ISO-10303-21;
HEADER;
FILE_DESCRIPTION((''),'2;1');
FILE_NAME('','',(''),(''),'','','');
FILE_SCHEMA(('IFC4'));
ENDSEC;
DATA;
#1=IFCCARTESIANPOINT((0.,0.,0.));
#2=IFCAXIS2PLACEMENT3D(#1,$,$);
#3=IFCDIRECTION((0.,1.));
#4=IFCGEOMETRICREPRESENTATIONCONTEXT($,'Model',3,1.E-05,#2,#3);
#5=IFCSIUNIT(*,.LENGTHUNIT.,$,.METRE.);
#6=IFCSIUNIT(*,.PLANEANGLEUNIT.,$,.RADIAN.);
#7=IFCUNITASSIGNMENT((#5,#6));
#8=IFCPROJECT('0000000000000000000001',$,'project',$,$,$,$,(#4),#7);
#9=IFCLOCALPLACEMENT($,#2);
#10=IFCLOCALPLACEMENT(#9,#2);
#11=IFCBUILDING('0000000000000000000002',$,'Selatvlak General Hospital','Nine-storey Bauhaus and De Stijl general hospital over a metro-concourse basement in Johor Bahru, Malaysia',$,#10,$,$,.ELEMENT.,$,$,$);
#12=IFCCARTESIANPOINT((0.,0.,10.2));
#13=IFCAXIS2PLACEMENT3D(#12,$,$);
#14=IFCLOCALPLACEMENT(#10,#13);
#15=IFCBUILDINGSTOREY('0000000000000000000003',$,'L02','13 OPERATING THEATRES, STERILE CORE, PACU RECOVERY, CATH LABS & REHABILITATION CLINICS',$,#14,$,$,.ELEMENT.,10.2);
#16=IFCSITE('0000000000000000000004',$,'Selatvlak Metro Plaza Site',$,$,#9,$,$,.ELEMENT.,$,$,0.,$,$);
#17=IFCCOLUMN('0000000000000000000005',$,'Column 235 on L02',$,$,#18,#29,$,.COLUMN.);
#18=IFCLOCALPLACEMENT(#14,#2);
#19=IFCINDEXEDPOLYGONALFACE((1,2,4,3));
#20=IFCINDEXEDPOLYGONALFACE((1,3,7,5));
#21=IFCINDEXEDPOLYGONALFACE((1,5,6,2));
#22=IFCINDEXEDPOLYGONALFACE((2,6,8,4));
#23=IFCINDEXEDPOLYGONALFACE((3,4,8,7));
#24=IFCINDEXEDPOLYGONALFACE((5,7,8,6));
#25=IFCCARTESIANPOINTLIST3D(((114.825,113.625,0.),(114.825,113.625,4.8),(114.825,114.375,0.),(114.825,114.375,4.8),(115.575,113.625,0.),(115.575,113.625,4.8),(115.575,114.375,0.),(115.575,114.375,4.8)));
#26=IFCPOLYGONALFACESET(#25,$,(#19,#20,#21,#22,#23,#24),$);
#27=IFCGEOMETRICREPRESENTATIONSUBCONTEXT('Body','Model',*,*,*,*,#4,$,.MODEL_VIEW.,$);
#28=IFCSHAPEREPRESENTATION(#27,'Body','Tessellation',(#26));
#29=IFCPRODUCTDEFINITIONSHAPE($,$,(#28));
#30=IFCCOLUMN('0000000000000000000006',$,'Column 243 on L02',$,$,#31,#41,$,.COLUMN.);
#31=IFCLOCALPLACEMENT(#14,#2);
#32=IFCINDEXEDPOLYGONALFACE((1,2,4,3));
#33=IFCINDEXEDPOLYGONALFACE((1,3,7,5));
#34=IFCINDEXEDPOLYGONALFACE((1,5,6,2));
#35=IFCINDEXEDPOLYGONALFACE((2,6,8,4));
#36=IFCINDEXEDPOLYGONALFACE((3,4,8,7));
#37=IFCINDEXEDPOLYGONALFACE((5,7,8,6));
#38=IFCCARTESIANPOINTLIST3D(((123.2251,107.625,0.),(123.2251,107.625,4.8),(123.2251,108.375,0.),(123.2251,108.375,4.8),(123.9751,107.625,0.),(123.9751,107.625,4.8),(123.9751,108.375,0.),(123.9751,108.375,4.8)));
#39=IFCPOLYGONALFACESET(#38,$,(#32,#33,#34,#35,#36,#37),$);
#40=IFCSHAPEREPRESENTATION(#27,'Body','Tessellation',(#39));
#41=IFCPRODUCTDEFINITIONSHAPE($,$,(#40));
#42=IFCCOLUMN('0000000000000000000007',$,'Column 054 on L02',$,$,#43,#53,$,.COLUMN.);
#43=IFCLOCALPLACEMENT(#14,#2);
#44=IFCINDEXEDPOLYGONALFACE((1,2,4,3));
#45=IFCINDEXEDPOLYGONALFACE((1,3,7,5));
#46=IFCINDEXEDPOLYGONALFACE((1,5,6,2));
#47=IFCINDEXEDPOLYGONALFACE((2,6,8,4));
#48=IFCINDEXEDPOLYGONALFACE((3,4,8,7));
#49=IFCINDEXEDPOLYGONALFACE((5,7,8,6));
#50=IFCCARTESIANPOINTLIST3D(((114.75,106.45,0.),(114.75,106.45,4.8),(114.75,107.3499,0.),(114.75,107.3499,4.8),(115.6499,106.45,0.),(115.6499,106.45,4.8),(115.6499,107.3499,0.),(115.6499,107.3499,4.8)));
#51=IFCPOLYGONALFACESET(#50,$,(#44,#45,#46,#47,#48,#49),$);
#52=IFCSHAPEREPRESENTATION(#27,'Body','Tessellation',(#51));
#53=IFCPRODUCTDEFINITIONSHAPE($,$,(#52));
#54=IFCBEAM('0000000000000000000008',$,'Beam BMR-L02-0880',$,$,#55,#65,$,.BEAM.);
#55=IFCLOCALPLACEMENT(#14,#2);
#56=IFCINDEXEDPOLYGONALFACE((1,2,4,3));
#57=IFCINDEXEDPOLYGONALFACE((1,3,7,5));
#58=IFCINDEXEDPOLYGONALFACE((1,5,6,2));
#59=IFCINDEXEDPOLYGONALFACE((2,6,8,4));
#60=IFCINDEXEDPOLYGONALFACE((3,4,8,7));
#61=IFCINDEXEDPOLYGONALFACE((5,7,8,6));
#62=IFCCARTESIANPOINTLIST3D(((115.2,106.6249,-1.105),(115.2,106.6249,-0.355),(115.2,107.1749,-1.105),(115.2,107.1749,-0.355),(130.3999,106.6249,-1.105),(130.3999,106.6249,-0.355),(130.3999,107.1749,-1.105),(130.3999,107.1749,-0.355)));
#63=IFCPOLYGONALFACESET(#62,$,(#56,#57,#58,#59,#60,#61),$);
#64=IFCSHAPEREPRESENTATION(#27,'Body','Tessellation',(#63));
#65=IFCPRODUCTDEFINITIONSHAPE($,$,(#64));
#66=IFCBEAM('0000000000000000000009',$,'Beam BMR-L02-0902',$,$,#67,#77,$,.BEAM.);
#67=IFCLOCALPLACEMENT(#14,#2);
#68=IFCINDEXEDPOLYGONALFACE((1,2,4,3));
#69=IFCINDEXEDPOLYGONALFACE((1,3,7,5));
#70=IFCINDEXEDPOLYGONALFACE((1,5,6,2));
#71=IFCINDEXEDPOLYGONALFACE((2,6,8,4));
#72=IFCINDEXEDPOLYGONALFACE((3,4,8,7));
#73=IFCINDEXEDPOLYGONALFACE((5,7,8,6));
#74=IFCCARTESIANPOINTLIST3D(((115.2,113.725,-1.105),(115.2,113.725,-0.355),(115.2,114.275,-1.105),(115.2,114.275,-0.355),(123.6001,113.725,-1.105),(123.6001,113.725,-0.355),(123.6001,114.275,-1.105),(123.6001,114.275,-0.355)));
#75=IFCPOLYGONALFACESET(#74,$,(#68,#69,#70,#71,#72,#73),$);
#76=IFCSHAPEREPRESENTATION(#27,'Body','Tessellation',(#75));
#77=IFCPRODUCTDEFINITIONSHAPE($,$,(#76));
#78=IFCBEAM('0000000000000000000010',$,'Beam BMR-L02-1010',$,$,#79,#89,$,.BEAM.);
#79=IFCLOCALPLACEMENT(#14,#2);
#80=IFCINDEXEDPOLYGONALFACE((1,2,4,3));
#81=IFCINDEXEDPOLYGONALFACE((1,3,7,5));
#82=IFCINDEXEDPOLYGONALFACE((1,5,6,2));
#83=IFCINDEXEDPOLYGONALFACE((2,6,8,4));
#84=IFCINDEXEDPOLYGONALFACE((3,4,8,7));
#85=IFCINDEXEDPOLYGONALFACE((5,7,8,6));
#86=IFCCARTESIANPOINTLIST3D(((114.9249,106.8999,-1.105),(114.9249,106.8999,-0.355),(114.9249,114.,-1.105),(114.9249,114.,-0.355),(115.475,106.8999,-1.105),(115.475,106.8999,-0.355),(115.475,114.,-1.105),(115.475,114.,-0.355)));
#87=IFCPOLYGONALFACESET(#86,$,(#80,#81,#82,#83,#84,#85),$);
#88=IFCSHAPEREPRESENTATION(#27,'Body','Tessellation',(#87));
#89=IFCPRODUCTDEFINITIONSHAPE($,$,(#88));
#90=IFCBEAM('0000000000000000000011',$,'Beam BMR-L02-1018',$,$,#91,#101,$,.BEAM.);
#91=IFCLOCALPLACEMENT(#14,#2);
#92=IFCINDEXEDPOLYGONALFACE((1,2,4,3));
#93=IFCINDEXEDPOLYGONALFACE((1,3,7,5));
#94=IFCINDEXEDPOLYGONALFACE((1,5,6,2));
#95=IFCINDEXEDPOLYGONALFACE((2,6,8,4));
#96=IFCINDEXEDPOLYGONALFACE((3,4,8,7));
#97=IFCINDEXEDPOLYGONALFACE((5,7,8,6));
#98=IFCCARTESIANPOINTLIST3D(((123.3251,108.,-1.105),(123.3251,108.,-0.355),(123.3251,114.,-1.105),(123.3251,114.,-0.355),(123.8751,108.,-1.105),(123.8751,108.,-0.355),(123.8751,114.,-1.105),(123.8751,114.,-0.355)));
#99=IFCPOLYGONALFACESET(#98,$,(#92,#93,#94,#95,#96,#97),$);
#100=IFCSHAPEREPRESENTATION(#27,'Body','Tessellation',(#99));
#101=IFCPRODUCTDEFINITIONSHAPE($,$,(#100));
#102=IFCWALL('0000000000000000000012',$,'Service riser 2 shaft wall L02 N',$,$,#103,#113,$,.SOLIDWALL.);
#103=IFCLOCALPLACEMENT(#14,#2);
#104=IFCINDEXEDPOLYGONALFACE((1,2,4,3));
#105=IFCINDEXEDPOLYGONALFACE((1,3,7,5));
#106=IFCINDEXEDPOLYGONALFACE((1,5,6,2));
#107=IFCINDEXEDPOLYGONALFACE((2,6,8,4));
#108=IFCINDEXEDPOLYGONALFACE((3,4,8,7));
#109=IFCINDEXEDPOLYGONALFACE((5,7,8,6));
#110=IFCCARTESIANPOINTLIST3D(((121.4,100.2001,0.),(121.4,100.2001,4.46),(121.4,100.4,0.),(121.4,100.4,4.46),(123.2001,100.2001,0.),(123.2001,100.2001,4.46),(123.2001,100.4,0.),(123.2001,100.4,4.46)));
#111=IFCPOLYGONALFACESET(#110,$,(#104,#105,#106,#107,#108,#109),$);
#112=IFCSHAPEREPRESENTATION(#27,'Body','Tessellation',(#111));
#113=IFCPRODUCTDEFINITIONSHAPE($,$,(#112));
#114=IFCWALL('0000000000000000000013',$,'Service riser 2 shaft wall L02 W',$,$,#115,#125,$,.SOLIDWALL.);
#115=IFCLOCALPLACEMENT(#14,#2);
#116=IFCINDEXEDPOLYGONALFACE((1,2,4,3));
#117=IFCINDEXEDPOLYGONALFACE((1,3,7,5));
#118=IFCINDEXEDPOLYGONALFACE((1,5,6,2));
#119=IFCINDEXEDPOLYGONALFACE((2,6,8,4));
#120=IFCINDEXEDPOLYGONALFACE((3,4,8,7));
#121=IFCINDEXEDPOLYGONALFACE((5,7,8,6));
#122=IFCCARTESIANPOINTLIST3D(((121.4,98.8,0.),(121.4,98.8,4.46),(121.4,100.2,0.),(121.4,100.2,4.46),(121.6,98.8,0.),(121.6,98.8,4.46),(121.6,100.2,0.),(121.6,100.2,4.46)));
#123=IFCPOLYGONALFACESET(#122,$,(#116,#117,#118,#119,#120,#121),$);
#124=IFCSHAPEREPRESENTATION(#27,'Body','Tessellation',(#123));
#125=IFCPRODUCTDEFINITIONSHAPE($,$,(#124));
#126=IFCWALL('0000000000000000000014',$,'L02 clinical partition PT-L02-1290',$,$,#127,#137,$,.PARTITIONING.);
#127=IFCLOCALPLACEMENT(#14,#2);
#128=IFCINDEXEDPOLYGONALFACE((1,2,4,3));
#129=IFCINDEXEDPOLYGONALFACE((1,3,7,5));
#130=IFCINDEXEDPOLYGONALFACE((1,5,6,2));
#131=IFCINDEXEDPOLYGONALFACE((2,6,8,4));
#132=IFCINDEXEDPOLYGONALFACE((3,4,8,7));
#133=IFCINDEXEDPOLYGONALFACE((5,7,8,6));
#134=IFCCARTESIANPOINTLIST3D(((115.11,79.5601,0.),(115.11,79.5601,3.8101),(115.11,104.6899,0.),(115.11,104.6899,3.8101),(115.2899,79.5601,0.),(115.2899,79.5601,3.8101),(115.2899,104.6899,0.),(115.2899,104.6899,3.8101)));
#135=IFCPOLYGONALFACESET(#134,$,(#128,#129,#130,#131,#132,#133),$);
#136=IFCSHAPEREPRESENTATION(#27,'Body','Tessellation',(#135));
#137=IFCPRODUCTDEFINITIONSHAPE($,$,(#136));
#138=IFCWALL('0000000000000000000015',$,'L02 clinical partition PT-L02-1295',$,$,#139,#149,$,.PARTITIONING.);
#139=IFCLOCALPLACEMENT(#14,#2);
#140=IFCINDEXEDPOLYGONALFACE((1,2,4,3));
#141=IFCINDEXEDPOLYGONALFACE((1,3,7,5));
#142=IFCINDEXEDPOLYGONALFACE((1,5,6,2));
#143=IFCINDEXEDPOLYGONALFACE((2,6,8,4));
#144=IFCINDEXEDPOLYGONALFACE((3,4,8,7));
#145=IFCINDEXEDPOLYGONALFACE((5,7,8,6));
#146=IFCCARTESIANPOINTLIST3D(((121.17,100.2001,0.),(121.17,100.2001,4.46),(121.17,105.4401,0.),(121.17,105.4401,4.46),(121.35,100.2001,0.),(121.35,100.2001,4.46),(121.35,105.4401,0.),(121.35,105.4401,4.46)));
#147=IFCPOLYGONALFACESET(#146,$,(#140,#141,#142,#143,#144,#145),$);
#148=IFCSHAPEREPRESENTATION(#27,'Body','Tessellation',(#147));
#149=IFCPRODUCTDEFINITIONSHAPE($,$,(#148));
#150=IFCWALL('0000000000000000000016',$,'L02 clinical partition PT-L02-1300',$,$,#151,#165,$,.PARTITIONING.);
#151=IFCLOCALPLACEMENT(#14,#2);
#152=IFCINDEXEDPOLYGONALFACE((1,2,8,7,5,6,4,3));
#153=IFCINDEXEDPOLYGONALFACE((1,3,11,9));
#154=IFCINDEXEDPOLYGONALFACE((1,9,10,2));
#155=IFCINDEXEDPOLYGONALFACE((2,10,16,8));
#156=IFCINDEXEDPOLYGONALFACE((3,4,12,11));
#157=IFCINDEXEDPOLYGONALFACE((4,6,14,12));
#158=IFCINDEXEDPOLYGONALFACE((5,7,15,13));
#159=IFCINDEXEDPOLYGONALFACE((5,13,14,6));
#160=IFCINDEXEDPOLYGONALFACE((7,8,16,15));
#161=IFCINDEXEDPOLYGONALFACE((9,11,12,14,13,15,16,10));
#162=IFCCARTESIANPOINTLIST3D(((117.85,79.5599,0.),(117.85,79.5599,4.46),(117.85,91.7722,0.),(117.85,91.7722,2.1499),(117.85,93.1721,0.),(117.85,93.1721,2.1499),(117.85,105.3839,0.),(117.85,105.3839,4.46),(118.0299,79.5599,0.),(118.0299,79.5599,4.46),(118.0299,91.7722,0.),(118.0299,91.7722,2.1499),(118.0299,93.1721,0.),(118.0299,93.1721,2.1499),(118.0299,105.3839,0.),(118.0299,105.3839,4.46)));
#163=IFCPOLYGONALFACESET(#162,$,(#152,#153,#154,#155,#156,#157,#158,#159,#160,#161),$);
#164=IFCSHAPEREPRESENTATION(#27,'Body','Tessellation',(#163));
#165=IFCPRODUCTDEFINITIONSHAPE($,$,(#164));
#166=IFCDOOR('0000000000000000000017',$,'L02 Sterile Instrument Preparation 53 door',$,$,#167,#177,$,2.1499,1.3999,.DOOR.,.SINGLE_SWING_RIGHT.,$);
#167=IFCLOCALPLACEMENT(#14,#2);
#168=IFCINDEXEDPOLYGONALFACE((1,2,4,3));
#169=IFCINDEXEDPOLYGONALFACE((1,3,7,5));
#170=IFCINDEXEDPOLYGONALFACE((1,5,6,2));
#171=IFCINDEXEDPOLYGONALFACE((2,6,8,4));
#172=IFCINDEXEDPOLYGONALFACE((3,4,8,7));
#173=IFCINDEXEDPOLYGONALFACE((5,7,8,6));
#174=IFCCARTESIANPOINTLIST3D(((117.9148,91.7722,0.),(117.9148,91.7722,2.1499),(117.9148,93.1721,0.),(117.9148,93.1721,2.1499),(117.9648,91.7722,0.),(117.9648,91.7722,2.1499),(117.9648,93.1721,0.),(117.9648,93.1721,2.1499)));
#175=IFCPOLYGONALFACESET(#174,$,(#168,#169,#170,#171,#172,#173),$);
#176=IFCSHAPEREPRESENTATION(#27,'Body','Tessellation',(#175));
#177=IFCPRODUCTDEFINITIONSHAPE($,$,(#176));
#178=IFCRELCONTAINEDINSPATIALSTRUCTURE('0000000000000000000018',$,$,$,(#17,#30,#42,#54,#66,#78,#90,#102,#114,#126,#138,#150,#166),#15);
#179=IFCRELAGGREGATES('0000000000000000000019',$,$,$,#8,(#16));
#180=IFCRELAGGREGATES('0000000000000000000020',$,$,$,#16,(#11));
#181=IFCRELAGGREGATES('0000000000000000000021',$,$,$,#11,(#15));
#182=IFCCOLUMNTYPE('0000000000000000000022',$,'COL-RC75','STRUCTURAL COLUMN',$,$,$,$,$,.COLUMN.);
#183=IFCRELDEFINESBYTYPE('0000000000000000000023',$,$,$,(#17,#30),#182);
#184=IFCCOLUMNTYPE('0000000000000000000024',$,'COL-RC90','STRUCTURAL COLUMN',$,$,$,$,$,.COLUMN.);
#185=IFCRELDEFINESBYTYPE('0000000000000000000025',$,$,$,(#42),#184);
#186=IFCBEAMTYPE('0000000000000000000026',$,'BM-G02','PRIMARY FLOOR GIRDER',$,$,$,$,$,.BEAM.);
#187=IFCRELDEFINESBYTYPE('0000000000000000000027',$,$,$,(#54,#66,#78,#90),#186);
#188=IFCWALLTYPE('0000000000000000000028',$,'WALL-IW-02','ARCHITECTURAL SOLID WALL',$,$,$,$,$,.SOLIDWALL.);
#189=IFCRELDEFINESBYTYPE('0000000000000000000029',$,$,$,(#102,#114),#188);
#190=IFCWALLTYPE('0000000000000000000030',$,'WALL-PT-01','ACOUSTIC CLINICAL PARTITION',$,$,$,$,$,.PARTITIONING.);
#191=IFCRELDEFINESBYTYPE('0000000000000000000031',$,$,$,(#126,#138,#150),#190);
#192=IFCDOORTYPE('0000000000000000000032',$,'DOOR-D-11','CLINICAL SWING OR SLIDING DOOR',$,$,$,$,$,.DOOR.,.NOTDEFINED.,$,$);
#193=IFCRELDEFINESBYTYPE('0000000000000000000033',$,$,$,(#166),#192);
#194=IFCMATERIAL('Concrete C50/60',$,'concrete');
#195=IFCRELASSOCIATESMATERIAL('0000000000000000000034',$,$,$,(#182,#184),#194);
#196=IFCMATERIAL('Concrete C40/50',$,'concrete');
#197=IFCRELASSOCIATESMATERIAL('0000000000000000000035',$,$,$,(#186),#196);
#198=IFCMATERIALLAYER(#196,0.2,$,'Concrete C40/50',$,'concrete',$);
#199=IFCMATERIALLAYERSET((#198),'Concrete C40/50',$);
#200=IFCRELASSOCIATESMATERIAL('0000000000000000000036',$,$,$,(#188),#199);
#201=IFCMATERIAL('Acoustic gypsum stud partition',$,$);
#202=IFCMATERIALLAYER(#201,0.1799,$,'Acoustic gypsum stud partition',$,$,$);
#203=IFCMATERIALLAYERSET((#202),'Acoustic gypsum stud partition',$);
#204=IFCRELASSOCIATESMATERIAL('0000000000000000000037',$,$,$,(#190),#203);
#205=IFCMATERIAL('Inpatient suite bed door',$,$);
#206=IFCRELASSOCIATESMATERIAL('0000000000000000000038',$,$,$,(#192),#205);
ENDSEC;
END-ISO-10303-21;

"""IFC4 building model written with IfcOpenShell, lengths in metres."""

from ifc_helpers import new_model, si_unit, direction, frame, frame_2d, origin, origin_2d, place, context, subcontext, project, spatial, rectangle, extrude, material, layer, layer_set, material_profile, profile_set, type_object, element, fill, save


model = new_model("IFC4")

# Units and contexts
model_context = context("Model", 3, precision=1e-05, world=origin(), true_north=direction((0.0, 1.0)))
body_context = subcontext(model_context, "Body", "Model", "MODEL_VIEW")
ifc_project = project(units=[si_unit("LENGTHUNIT", "METRE"), si_unit("PLANEANGLEUNIT", "RADIAN")], contexts=[model_context])

# Site, building, storey
site_placement = place(None, origin())
site = spatial("IfcSite", under=ifc_project, at=site_placement, Name="Selatvlak Metro Plaza Site", CompositionType="ELEMENT", RefElevation=0.0)
building_placement = place(site_placement, origin())
building = spatial("IfcBuilding", under=site, at=building_placement, Name="Selatvlak General Hospital", Description="Nine-storey Bauhaus and De Stijl general hospital over a metro-concourse basement in Johor Bahru, Malaysia", CompositionType="ELEMENT")
storey_placement = place(building_placement, frame((0.0, 0.0, 10.2)))
storey = spatial("IfcBuildingStorey", under=building, at=storey_placement, Name="L02", Description="13 OPERATING THEATRES, STERILE CORE, PACU RECOVERY, CATH LABS & REHABILITATION CLINICS", CompositionType="ELEMENT", Elevation=10.2)

# Columns
ifc_material_1 = material(Name="Concrete C50/60", Category="concrete")
ifc_material_profile_1 = material_profile(ifc_material_1, rectangle(XDim=0.75, YDim=0.75, at=origin_2d()), Name="RC-COL 750x750")
ifc_profile_set_1 = profile_set([ifc_material_profile_1], Name="Concrete C50/60")
column_type_1 = type_object("IfcColumnType", Name="COL-RC75", Description="STRUCTURAL COLUMN", PredefinedType="COLUMN", material=ifc_profile_set_1)
for number, where, z_axis, x_axis, name in (
    (1, (115.2, 114.0, 0.0), (0.0, 0.0, 1.0), (1.0, 0.0, 0.0), "Column 235 on L02"),
    (2, (123.6001, 108.0, 0.0), (0.0, 0.0, 1.0), (1.0, 0.0, 0.0), "Column 243 on L02"),
):
    element("IfcColumn", number, at=place(storey_placement, frame(where, z_axis=z_axis, x_axis=x_axis)), inside=storey, type_object=column_type_1, Name=name, PredefinedType="COLUMN", context=body_context, shape_type="SweptSolid", body=[
        extrude(rectangle(XDim=0.75, YDim=0.75, at=origin_2d()), origin(), (0.0, 0.0, 1.0), 4.8),
    ])
ifc_material_profile_2 = material_profile(ifc_material_1, rectangle(XDim=0.8999, YDim=0.8999, at=origin_2d()), Name="RC-COL 900x900")
ifc_profile_set_2 = profile_set([ifc_material_profile_2], Name="Concrete C50/60")
column_type_2 = type_object("IfcColumnType", Name="COL-RC90", Description="STRUCTURAL COLUMN", PredefinedType="COLUMN", material=ifc_profile_set_2)
column_placement = place(storey_placement, frame((115.2, 106.8999, 0.0), z_axis=(0.0, 0.0, 1.0), x_axis=(1.0, 0.0, 0.0)))
element("IfcColumn", 3, at=column_placement, inside=storey, type_object=column_type_2, Name="Column 054 on L02", PredefinedType="COLUMN", context=body_context, shape_type="SweptSolid", body=[
    extrude(rectangle(XDim=0.8999, YDim=0.8999, at=origin_2d()), origin(), (0.0, 0.0, 1.0), 4.8),
])

# Beams
ifc_material_2 = material(Name="Concrete C40/50", Category="concrete")
ifc_material_profile_3 = material_profile(ifc_material_2, rectangle(XDim=0.55, YDim=0.75, at=origin_2d()), Name="RC-BM 550x750")
ifc_profile_set_3 = profile_set([ifc_material_profile_3], Name="Concrete C40/50")
beam_type = type_object("IfcBeamType", Name="BM-G02", Description="PRIMARY FLOOR GIRDER", PredefinedType="BEAM", material=ifc_profile_set_3)
beam_1_placement = place(storey_placement, frame((115.2, 106.8999, -0.73), z_axis=(1.0, 0.0, 0.0), x_axis=(0.0, 1.0, 0.0)))
element("IfcBeam", 4, at=beam_1_placement, inside=storey, type_object=beam_type, Name="Beam BMR-L02-0880", PredefinedType="BEAM", context=body_context, shape_type="SweptSolid", body=[
    extrude(rectangle(XDim=0.55, YDim=0.75, at=origin_2d()), origin(), (0.0, 0.0, 1.0), 15.2),
])
beam_2_placement = place(storey_placement, frame((115.2, 114.0, -0.73), z_axis=(1.0, 0.0, 0.0), x_axis=(0.0, 1.0, 0.0)))
element("IfcBeam", 5, at=beam_2_placement, inside=storey, type_object=beam_type, Name="Beam BMR-L02-0902", PredefinedType="BEAM", context=body_context, shape_type="SweptSolid", body=[
    extrude(rectangle(XDim=0.55, YDim=0.75, at=origin_2d()), origin(), (0.0, 0.0, 1.0), 8.4001),
])
beam_3_placement = place(storey_placement, frame((115.2, 106.8999, -0.73), z_axis=(0.0, 1.0, 0.0), x_axis=(-1.0, 0.0, 0.0)))
element("IfcBeam", 6, at=beam_3_placement, inside=storey, type_object=beam_type, Name="Beam BMR-L02-1010", PredefinedType="BEAM", context=body_context, shape_type="SweptSolid", body=[
    extrude(rectangle(XDim=0.55, YDim=0.75, at=origin_2d()), origin(), (0.0, 0.0, 1.0), 7.1001),
])
beam_4_placement = place(storey_placement, frame((123.6001, 108.0, -0.73), z_axis=(0.0, 1.0, 0.0), x_axis=(-1.0, 0.0, 0.0)))
element("IfcBeam", 7, at=beam_4_placement, inside=storey, type_object=beam_type, Name="Beam BMR-L02-1018", PredefinedType="BEAM", context=body_context, shape_type="SweptSolid", body=[
    extrude(rectangle(XDim=0.55, YDim=0.75, at=origin_2d()), origin(), (0.0, 0.0, 1.0), 6.0),
])

# Walls
ifc_layer_1 = layer(ifc_material_2, 0.2, Name="Concrete C40/50", Category="concrete")
ifc_layer_set_1 = layer_set([ifc_layer_1], Name="Concrete C40/50")
wall_type_1 = type_object("IfcWallType", Name="WALL-IW-02", Description="ARCHITECTURAL SOLID WALL", PredefinedType="SOLIDWALL", material=ifc_layer_set_1)
wall_1_placement = place(storey_placement, frame((123.2, 100.3, 0.0), z_axis=(0.0, 0.0, 1.0), x_axis=(-1.0, 0.0, 0.0)))
element("IfcWall", 8, at=wall_1_placement, inside=storey, type_object=wall_type_1, Name="Service riser 2 shaft wall L02 N", PredefinedType="SOLIDWALL", context=body_context, shape_type="SweptSolid", body=[
    extrude(rectangle(XDim=1.8, YDim=0.2, at=frame_2d((0.8999, 0.0))), origin(), (0.0, 0.0, 1.0), 4.46),
])
wall_2_placement = place(storey_placement, frame((121.5, 100.2, 0.0), z_axis=(0.0, 0.0, 1.0), x_axis=(0.0, -1.0, 0.0)))
element("IfcWall", 9, at=wall_2_placement, inside=storey, type_object=wall_type_1, Name="Service riser 2 shaft wall L02 W", PredefinedType="SOLIDWALL", context=body_context, shape_type="SweptSolid", body=[
    extrude(rectangle(XDim=1.3999, YDim=0.2, at=frame_2d((0.7, 0.0))), origin(), (0.0, 0.0, 1.0), 4.46),
])
ifc_material_3 = material(Name="Acoustic gypsum stud partition")
ifc_layer_2 = layer(ifc_material_3, 0.1799, Name="Acoustic gypsum stud partition")
ifc_layer_set_2 = layer_set([ifc_layer_2], Name="Acoustic gypsum stud partition")
wall_type_2 = type_object("IfcWallType", Name="WALL-PT-01", Description="ACOUSTIC CLINICAL PARTITION", PredefinedType="PARTITIONING", material=ifc_layer_set_2)
wall_3_placement = place(storey_placement, frame((115.2, 104.6899, 0.0), z_axis=(0.0, 0.0, 1.0), x_axis=(0.0, -1.0, 0.0)))
element("IfcWall", 10, at=wall_3_placement, inside=storey, type_object=wall_type_2, Name="L02 clinical partition PT-L02-1290", PredefinedType="PARTITIONING", context=body_context, shape_type="SweptSolid", body=[
    extrude(rectangle(XDim=25.1299, YDim=0.1799, at=frame_2d((12.5649, 0.0))), origin(), (0.0, 0.0, 1.0), 3.8101),
])
wall_4_placement = place(storey_placement, frame((121.26, 100.2, 0.0), z_axis=(0.0, 0.0, 1.0), x_axis=(0.0, 1.0, 0.0)))
element("IfcWall", 11, at=wall_4_placement, inside=storey, type_object=wall_type_2, Name="L02 clinical partition PT-L02-1295", PredefinedType="PARTITIONING", context=body_context, shape_type="SweptSolid", body=[
    extrude(rectangle(XDim=5.24, YDim=0.1799, at=frame_2d((2.6201, 0.0))), origin(), (0.0, 0.0, 1.0), 4.46),
])

# Wall, opening, door
wall_5_placement = place(storey_placement, frame((117.9399, 105.384, 0.0), z_axis=(0.0, 0.0, 1.0), x_axis=(0.0, -1.0, 0.0)))
wall_5 = element("IfcWall", 12, at=wall_5_placement, inside=storey, type_object=wall_type_2, Name="L02 clinical partition PT-L02-1300", PredefinedType="PARTITIONING", context=body_context, shape_type="SweptSolid", body=[
    extrude(rectangle(XDim=25.824, YDim=0.1799, at=frame_2d((12.9121, 0.0))), origin(), (0.0, 0.0, 1.0), 4.46),
])
opening_1_placement = place(wall_5_placement, frame((12.2119, 0.0, 0.0)))
opening_1 = element("IfcOpeningElement", 13, at=opening_1_placement, cuts=wall_5, PredefinedType="OPENING", context=body_context, shape_type="SweptSolid", body=[
    extrude(rectangle(XDim=1.3999, YDim=2.1499, at=frame_2d((0.7, 1.075))), frame((0.0, 0.0999, 0.0), z_axis=(0.0, -1.0, 0.0), x_axis=(1.0, 0.0, 0.0)), (0.0, 0.0, 1.0), 0.2),
])
ifc_material_4 = material(Name="Inpatient suite bed door")
door_type_1 = type_object("IfcDoorType", Name="DOOR-D-11", Description="CLINICAL SWING OR SLIDING DOOR", OperationType="NOTDEFINED", PredefinedType="DOOR", material=ifc_material_4)
door_1_placement = place(opening_1_placement, origin())
door_1 = element("IfcDoor", 14, at=door_1_placement, inside=storey, type_object=door_type_1, Name="L02 Sterile Instrument Preparation 53 door", OperationType="SINGLE_SWING_RIGHT", OverallHeight=2.1499, OverallWidth=1.3999, PredefinedType="DOOR", context=body_context, shape_type="SweptSolid", body=[
    extrude(rectangle(XDim=1.3999, YDim=2.1499, at=frame_2d((0.7, 1.075))), frame((0.0, 0.0249, 0.0), z_axis=(0.0, -1.0, 0.0), x_axis=(1.0, 0.0, 0.0)), (0.0, 0.0, 1.0), 0.05),
])
fill(opening_1, door_1)

save(model, "model.ifc")
